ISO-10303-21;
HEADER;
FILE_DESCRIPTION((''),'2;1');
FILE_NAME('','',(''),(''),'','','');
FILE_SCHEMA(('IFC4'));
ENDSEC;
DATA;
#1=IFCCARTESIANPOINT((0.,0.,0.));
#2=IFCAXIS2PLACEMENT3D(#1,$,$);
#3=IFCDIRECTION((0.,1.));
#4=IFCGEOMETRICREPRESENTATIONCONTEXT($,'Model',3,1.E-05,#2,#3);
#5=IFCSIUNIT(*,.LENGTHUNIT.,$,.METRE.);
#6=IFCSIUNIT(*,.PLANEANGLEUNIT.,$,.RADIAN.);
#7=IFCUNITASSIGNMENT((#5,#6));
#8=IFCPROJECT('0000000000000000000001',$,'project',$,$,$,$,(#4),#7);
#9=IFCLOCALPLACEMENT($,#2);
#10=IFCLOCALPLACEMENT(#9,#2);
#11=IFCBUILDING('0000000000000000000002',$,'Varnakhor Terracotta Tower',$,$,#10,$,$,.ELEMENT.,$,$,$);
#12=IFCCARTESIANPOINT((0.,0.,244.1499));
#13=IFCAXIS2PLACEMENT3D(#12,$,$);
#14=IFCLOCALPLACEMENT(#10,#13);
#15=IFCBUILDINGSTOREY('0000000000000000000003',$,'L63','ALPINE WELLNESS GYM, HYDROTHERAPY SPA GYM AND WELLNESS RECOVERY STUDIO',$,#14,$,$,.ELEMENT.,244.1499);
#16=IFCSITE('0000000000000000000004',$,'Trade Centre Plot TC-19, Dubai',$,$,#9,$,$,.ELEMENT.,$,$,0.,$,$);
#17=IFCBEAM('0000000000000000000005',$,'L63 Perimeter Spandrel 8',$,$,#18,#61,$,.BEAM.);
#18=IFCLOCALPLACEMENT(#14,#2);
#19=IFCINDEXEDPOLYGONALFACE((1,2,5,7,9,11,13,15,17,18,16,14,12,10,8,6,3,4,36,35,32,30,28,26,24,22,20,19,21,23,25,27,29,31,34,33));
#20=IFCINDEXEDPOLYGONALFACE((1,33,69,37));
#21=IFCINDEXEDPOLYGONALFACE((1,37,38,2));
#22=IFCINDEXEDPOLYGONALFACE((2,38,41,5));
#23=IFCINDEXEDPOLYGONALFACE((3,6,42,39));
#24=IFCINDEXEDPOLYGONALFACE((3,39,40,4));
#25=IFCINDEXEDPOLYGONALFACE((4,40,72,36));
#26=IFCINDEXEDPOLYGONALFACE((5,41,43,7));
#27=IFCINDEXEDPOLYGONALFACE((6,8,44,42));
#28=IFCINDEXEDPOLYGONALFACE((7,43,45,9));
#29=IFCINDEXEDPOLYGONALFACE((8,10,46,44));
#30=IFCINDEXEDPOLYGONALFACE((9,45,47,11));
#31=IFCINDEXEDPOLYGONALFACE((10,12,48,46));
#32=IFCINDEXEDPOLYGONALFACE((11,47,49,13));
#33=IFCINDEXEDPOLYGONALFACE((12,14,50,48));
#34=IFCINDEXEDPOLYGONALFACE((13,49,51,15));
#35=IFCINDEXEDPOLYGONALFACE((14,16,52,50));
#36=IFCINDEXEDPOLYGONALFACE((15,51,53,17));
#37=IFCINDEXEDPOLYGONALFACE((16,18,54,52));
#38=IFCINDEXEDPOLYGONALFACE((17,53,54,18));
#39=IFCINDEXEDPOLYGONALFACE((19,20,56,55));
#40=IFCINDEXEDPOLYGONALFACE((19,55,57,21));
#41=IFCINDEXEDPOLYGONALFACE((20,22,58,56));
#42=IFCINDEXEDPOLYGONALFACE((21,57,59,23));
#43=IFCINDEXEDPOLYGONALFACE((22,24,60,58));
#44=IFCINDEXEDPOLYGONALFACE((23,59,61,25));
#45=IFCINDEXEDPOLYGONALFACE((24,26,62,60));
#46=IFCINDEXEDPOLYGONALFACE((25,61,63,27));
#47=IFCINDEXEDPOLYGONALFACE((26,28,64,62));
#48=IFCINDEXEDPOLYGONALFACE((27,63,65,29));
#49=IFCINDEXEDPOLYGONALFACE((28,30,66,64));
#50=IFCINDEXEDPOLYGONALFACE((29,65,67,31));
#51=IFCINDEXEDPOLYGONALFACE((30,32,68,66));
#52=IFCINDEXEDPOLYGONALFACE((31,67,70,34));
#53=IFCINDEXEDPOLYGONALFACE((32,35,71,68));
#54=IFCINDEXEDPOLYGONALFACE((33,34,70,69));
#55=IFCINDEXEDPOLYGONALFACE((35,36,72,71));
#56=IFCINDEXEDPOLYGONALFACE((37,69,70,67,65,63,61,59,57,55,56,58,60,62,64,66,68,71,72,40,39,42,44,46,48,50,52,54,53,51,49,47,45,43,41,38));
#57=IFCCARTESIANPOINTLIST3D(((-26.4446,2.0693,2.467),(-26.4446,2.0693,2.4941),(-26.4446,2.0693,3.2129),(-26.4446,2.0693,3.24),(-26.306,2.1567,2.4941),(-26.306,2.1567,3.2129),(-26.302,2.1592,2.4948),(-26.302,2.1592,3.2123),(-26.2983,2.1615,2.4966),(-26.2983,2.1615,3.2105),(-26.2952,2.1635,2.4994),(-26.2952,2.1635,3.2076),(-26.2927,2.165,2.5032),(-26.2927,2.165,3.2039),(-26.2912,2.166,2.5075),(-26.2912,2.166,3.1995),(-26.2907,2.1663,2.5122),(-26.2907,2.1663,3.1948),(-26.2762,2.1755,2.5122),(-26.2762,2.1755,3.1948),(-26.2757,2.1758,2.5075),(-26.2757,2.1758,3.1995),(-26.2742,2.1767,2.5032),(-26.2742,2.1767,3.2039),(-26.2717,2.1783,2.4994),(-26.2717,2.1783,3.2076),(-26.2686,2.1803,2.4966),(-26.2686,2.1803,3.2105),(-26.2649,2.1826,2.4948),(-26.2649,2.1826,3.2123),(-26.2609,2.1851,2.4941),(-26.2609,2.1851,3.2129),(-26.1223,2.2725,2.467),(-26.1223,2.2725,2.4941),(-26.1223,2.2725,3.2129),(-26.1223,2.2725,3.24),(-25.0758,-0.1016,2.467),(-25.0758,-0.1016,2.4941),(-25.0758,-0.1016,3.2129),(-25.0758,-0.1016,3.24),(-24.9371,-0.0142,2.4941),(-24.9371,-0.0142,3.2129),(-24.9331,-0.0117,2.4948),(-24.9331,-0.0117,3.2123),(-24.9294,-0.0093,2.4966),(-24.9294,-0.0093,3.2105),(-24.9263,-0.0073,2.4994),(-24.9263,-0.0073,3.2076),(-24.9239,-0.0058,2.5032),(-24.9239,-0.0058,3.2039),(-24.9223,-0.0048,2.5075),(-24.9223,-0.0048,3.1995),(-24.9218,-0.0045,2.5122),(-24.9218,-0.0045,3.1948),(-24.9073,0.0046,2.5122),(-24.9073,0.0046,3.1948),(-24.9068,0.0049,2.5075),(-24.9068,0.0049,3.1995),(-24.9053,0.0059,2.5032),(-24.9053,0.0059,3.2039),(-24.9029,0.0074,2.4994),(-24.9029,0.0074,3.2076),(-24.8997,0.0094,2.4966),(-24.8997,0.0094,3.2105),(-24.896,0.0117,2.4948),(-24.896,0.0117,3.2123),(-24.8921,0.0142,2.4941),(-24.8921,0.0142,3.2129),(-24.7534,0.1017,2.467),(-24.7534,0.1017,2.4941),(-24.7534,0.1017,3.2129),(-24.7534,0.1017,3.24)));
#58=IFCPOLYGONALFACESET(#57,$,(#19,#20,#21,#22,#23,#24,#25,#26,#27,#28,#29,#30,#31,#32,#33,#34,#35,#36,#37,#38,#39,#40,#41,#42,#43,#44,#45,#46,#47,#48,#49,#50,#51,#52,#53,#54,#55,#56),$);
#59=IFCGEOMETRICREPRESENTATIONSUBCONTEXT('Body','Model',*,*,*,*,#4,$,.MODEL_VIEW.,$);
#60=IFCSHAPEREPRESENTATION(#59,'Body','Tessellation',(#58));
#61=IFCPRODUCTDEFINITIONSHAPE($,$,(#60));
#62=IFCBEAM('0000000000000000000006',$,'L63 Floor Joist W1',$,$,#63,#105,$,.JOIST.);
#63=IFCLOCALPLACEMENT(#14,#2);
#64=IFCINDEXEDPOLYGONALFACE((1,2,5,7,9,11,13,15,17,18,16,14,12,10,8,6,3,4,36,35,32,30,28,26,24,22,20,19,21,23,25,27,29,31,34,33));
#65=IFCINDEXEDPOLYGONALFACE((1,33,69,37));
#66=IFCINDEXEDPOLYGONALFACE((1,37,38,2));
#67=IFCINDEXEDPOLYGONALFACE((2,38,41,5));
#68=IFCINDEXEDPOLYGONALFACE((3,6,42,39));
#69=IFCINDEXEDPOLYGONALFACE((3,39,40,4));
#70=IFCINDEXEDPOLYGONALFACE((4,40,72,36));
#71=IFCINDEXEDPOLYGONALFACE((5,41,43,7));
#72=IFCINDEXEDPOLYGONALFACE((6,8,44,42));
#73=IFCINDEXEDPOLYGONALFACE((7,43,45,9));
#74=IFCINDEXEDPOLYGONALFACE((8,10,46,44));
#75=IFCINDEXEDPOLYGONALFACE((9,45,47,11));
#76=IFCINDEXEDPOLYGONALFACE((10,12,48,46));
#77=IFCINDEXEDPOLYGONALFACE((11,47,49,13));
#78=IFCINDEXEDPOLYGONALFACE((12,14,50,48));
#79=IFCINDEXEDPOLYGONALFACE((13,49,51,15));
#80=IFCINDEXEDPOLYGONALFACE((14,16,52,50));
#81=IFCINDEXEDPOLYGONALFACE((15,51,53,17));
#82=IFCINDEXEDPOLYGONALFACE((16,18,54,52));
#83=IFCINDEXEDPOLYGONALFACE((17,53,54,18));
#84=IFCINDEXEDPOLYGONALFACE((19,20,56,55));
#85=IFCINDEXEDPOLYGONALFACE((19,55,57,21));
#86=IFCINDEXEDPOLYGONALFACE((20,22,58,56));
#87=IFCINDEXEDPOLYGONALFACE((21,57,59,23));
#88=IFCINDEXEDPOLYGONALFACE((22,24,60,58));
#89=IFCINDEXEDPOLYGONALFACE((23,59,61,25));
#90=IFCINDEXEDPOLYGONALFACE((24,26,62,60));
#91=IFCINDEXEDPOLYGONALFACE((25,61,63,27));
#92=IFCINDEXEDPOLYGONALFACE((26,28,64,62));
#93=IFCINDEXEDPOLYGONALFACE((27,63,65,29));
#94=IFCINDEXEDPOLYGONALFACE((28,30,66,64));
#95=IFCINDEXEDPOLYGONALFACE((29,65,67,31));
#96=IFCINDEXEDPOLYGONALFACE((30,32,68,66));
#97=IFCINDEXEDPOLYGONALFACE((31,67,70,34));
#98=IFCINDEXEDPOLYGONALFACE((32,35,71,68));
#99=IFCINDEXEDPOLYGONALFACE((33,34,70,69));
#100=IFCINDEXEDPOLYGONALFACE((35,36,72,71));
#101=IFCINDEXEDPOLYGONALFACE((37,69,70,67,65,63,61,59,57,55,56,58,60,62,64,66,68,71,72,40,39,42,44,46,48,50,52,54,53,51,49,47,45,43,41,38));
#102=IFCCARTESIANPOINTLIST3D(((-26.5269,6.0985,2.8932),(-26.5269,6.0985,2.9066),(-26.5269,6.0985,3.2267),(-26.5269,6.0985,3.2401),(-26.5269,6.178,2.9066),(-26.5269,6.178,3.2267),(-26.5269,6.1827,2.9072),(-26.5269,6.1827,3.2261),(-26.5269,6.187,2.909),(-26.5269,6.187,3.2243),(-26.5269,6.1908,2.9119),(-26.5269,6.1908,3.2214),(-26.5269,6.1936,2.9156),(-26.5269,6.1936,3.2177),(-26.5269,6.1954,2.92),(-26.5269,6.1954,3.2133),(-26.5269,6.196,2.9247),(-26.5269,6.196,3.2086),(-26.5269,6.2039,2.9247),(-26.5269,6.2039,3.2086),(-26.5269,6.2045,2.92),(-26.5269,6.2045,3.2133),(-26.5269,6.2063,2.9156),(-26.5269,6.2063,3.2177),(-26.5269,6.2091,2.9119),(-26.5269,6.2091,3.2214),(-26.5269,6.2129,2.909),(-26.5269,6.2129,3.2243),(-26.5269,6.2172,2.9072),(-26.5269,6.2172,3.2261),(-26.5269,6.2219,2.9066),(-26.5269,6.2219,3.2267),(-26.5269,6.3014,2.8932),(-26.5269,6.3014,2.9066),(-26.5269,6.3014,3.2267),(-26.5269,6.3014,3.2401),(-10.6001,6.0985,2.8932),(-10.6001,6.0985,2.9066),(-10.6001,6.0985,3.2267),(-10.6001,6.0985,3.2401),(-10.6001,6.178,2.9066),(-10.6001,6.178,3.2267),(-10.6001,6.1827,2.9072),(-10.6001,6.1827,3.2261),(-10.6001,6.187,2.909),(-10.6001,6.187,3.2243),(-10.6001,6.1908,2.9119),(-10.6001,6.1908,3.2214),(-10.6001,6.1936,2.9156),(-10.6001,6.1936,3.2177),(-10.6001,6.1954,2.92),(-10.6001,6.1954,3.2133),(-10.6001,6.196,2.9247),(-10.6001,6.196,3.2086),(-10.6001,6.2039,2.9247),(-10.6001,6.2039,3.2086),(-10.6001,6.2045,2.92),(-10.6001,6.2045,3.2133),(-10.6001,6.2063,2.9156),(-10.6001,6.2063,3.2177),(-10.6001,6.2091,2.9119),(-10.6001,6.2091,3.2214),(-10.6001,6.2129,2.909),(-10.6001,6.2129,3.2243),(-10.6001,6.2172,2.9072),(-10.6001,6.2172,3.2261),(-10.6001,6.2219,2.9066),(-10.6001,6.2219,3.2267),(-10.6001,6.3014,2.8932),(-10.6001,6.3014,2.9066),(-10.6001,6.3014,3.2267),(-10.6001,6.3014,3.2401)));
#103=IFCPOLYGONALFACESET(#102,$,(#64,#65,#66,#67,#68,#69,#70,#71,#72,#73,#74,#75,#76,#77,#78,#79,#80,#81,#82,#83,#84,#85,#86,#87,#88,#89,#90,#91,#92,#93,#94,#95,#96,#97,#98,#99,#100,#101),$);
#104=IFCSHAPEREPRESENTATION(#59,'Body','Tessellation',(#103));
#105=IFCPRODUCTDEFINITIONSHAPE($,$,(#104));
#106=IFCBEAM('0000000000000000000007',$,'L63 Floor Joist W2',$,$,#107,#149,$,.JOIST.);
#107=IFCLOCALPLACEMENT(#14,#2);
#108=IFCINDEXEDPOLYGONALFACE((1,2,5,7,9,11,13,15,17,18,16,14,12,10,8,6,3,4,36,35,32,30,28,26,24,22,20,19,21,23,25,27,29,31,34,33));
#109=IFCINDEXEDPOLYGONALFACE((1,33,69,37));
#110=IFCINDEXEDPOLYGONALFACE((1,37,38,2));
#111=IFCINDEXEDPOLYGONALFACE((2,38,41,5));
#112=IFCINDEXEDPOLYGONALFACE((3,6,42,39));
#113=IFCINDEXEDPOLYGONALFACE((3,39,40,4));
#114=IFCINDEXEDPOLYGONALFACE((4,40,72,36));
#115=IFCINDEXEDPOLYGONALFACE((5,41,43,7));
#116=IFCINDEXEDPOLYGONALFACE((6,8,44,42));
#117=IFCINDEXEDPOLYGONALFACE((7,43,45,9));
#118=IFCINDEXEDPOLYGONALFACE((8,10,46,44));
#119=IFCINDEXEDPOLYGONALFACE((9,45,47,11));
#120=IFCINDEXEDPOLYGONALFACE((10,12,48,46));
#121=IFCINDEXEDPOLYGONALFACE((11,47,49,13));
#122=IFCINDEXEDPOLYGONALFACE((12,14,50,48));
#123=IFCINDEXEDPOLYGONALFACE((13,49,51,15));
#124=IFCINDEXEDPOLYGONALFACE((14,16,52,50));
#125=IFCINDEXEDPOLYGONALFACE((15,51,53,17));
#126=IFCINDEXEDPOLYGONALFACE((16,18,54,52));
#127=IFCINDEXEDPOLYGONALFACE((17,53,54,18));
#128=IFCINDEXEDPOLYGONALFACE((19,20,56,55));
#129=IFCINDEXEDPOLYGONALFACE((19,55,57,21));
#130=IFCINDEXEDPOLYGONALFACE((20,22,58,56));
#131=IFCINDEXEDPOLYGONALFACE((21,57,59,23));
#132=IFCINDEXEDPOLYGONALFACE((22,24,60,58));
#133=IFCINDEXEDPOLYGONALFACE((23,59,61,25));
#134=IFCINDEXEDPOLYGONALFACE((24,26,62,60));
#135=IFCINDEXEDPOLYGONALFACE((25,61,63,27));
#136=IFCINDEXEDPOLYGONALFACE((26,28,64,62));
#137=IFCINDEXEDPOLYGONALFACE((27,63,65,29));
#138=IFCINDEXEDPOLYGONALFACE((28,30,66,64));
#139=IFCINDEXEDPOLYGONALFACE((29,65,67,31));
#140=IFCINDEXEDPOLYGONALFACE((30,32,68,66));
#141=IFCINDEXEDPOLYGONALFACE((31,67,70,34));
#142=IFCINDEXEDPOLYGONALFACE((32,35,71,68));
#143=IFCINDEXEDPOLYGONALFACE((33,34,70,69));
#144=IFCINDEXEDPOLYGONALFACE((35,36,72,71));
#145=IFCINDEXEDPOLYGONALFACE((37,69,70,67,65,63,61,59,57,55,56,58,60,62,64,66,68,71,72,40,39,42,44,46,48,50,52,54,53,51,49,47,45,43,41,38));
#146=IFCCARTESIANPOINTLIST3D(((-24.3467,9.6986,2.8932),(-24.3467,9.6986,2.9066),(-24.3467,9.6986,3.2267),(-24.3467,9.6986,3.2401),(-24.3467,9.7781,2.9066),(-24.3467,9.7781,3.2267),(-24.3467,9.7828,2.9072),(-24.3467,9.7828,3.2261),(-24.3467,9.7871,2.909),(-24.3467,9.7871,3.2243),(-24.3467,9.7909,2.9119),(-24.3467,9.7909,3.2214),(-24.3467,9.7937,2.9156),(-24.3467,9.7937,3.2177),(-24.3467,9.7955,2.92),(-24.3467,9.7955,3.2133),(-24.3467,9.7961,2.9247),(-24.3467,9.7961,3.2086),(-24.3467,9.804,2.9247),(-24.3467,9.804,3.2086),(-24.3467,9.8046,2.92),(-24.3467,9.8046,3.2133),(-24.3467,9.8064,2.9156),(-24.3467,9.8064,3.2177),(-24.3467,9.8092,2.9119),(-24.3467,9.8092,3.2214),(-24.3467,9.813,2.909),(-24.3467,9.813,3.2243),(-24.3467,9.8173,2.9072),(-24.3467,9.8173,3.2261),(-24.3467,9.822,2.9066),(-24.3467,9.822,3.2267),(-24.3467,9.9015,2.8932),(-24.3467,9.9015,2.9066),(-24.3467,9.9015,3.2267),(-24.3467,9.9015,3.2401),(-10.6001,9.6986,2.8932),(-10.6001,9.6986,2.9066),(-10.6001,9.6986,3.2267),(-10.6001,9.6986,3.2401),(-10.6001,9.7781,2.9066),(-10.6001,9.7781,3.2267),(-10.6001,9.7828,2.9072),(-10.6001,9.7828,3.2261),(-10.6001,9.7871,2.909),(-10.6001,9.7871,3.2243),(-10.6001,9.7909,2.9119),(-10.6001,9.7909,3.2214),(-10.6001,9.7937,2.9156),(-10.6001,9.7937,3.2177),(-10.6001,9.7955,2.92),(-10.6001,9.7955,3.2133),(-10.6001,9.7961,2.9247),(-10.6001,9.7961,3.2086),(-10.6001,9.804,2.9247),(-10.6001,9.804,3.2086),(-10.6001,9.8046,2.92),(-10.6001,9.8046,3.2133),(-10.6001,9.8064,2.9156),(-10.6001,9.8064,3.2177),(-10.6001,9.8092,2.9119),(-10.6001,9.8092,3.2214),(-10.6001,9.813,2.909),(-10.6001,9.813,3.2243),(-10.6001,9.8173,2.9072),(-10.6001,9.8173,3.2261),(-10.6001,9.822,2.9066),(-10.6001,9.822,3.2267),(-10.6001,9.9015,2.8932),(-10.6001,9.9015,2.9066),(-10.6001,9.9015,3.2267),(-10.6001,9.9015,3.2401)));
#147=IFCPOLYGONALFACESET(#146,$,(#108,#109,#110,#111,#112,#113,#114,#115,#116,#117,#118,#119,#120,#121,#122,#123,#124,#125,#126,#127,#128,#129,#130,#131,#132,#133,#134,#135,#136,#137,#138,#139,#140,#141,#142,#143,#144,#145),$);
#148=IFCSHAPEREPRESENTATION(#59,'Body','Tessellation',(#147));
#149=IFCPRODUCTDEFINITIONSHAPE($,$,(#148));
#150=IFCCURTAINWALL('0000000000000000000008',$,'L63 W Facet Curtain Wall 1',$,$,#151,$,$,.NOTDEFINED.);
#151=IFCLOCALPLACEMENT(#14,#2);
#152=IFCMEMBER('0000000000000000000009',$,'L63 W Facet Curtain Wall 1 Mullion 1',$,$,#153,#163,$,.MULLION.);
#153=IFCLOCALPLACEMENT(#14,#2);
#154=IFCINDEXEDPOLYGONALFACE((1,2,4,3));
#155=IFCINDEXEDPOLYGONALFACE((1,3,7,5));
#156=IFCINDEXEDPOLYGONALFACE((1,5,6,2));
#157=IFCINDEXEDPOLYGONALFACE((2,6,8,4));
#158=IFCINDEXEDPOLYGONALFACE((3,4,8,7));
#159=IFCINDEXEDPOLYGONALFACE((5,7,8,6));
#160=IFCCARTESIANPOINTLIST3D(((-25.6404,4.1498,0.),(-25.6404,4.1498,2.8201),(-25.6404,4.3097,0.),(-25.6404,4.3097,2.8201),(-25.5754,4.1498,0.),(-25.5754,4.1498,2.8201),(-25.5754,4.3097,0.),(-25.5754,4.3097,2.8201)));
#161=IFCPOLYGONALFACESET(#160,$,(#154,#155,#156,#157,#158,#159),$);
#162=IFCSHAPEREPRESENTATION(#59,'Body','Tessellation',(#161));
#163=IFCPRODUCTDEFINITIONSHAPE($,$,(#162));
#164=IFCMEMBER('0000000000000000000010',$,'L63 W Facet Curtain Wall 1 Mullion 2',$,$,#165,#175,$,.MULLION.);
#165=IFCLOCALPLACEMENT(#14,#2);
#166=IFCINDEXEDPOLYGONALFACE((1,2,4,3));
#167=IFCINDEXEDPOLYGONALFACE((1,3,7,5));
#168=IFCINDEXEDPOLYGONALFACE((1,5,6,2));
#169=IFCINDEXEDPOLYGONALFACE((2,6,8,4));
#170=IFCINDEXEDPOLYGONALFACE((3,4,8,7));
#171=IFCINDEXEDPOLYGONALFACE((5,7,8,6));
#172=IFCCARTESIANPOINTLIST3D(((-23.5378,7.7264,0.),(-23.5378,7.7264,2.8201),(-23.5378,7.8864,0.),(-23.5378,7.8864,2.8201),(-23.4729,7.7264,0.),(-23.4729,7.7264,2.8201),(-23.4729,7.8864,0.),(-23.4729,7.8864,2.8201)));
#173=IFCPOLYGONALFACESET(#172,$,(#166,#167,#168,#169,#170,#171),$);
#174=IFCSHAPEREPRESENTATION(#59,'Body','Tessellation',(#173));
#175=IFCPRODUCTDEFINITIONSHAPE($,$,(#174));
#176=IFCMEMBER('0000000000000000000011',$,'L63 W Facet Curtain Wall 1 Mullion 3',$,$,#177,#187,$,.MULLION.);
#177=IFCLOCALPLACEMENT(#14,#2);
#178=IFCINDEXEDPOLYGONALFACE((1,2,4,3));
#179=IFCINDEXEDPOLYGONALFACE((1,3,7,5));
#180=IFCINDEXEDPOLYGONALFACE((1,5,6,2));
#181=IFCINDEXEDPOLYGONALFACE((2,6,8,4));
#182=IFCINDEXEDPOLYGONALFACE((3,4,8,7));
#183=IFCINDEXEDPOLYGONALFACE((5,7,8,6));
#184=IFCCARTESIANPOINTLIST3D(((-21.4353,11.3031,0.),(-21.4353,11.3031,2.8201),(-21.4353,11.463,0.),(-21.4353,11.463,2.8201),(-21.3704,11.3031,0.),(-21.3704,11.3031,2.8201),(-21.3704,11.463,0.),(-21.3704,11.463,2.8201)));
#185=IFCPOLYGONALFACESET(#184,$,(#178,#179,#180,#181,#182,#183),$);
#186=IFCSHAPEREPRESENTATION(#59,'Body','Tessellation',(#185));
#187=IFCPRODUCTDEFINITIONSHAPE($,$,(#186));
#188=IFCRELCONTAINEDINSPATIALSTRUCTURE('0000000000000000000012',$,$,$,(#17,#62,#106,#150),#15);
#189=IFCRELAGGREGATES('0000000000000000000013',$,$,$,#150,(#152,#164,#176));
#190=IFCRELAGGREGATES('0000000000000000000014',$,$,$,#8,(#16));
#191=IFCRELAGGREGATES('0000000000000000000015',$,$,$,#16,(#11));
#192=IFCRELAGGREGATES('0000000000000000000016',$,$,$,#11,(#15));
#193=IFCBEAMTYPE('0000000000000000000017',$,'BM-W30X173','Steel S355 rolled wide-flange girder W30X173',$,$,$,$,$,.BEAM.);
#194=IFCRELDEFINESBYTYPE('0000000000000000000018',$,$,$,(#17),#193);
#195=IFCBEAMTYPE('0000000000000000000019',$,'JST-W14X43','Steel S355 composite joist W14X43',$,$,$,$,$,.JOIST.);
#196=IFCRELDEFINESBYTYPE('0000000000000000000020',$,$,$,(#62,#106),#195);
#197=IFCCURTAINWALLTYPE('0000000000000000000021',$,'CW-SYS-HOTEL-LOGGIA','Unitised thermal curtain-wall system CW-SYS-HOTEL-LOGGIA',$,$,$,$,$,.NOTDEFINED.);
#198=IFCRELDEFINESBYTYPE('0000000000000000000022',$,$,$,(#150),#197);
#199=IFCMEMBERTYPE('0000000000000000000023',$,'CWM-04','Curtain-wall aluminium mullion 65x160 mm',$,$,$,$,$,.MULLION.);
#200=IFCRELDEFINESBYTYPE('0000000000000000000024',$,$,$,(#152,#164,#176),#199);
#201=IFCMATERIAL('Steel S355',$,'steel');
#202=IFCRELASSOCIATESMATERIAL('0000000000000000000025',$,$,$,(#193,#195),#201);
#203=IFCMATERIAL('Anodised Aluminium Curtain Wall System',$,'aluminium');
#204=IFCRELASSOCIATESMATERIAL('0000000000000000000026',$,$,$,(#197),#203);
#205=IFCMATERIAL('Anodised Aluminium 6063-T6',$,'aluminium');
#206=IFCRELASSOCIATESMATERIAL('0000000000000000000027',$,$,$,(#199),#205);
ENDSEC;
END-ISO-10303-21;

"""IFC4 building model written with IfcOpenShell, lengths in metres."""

from ifc_helpers import new_model, si_unit, direction, frame, origin, origin_2d, place, context, subcontext, project, spatial, rectangle, i_section, extrude, source, transform, mapped, material, material_profile, profile_set, type_object, type_shapes, element, aggregate, save


model = new_model("IFC4")

# Units and contexts
model_context = context("Model", 3, precision=1e-05, world=origin(), true_north=direction((0.0, 1.0)))
body_context = subcontext(model_context, "Body", "Model", "MODEL_VIEW")
ifc_project = project(units=[si_unit("LENGTHUNIT", "METRE"), si_unit("PLANEANGLEUNIT", "RADIAN")], contexts=[model_context])

# Site, building, storey
site_placement = place(None, origin())
site = spatial("IfcSite", under=ifc_project, at=site_placement, Name="Trade Centre Plot TC-19, Dubai", CompositionType="ELEMENT", RefElevation=0.0)
building_placement = place(site_placement, origin())
building = spatial("IfcBuilding", under=site, at=building_placement, Name="Varnakhor Terracotta Tower", CompositionType="ELEMENT")
storey_placement = place(building_placement, frame((0.0, 0.0, 244.1499)))
storey = spatial("IfcBuildingStorey", under=building, at=storey_placement, Name="L63", Description="ALPINE WELLNESS GYM, HYDROTHERAPY SPA GYM AND WELLNESS RECOVERY STUDIO", CompositionType="ELEMENT", Elevation=244.1499)

# Beams
ifc_material_1 = material(Name="Steel S355", Category="steel")
ifc_material_profile_1 = material_profile(ifc_material_1, i_section(OverallWidth=0.3811, OverallDepth=0.7729, WebThickness=0.0171, FlangeThickness=0.0271, FilletRadius=0.0181, at=origin_2d()), Name="W30X173")
ifc_profile_set_1 = profile_set([ifc_material_profile_1], Name="Steel S355")
beam_type_1 = type_object("IfcBeamType", Name="BM-W30X173", Description="Steel S355 rolled wide-flange girder W30X173", PredefinedType="BEAM", material=ifc_profile_set_1)
shared_shape_1 = source(origin(), body_context, "Body", "SweptSolid", [
    extrude(i_section(OverallWidth=0.3811, OverallDepth=0.7729, WebThickness=0.0171, FlangeThickness=0.0271, FilletRadius=0.0181, at=origin_2d()), origin(), (0.0, 0.0, 1.0), 2.5664),
])
for number, where, z_axis, x_axis, name in (
    (1, (-26.2834, 2.1709, 2.8535), (0.533381, -0.845875, 0.0), (0.845875, 0.533381, 0.0), "L63 Perimeter Spandrel 8"),
):
    element("IfcBeam", number, at=place(storey_placement, frame(where, z_axis=z_axis, x_axis=x_axis)), inside=storey, type_object=beam_type_1, Name=name, PredefinedType="BEAM", context=body_context, shape_type="MappedRepresentation", body=[
        mapped(shared_shape_1, transform((0.0, 0.0, 0.0), scale=1.0)),
    ])
ifc_material_profile_2 = material_profile(ifc_material_1, i_section(OverallWidth=0.2029, OverallDepth=0.3469, WebThickness=0.0078, FlangeThickness=0.0134, FilletRadius=0.0181, at=origin_2d()), Name="W14X43")
ifc_profile_set_2 = profile_set([ifc_material_profile_2], Name="Steel S355")
beam_type_2 = type_object("IfcBeamType", Name="JST-W14X43", Description="Steel S355 composite joist W14X43", PredefinedType="JOIST", material=ifc_profile_set_2)
shared_shape_2 = source(origin(), body_context, "Body", "SweptSolid", [
    extrude(i_section(OverallWidth=0.2029, OverallDepth=0.3469, WebThickness=0.0078, FlangeThickness=0.0134, FilletRadius=0.0181, at=origin_2d()), origin(), (0.0, 0.0, 1.0), 15.9268),
])
beam_1_placement = place(storey_placement, frame((-26.5269, 6.2, 3.0667), z_axis=(1.0, 0.0, 0.0), x_axis=(0.0, 1.0, 0.0)))
element("IfcBeam", 2, at=beam_1_placement, inside=storey, type_object=beam_type_2, Name="L63 Floor Joist W1", PredefinedType="JOIST", context=body_context, shape_type="MappedRepresentation", body=[
    mapped(shared_shape_2, transform((0.0, 0.0, 0.0), scale=1.0)),
])
shared_shape_3 = source(origin(), body_context, "Body", "SweptSolid", [
    extrude(i_section(OverallWidth=0.2029, OverallDepth=0.3469, WebThickness=0.0078, FlangeThickness=0.0134, FilletRadius=0.0181, at=origin_2d()), origin(), (0.0, 0.0, 1.0), 13.7466),
])
beam_2_placement = place(storey_placement, frame((-24.3467, 9.8, 3.0667), z_axis=(1.0, 0.0, 0.0), x_axis=(0.0, 1.0, 0.0)))
element("IfcBeam", 3, at=beam_2_placement, inside=storey, type_object=beam_type_2, Name="L63 Floor Joist W2", PredefinedType="JOIST", context=body_context, shape_type="MappedRepresentation", body=[
    mapped(shared_shape_3, transform((0.0, 0.0, 0.0), scale=1.0)),
])

# Curtain wall, members
ifc_material_2 = material(Name="Anodised Aluminium Curtain Wall System", Category="aluminium")
curtain_wall_type = type_object("IfcCurtainWallType", Name="CW-SYS-HOTEL-LOGGIA", Description="Unitised thermal curtain-wall system CW-SYS-HOTEL-LOGGIA", PredefinedType="NOTDEFINED", material=ifc_material_2)
curtain_wall_1_placement = place(storey_placement, origin())
curtain_wall_1 = element("IfcCurtainWall", 4, at=curtain_wall_1_placement, inside=storey, type_object=curtain_wall_type, Name="L63 W Facet Curtain Wall 1", PredefinedType="NOTDEFINED")
ifc_material_3 = material(Name="Anodised Aluminium 6063-T6", Category="aluminium")
ifc_material_profile_3 = material_profile(ifc_material_3, rectangle(XDim=0.0649, YDim=0.1599, at=origin_2d()), Name="ALU MULLION 65x160")
ifc_profile_set_3 = profile_set([ifc_material_profile_3], Name="Anodised Aluminium 6063-T6")
member_type_1 = type_object("IfcMemberType", Name="CWM-04", Description="Curtain-wall aluminium mullion 65x160 mm", PredefinedType="MULLION", material=ifc_profile_set_3)
shared_shape_4 = source(origin(), body_context, "Body", "SweptSolid", [
    extrude(rectangle(XDim=0.0649, YDim=0.1599, at=origin_2d()), origin(), (0.0, 0.0, 1.0), 2.8201),
])
type_shapes(member_type_1, [shared_shape_4])
member_1_placement = place(storey_placement, frame((-25.6079, 4.2297, 0.0), z_axis=(0.0, 0.0, 1.0), x_axis=(1.0, 0.0, 0.0)))
member_1 = element("IfcMember", 5, at=member_1_placement, type_object=member_type_1, Name="L63 W Facet Curtain Wall 1 Mullion 1", PredefinedType="MULLION", context=body_context, shape_type="MappedRepresentation", body=[
    mapped(shared_shape_4, transform((0.0, 0.0, 0.0), scale=1.0)),
])
member_2_placement = place(storey_placement, frame((-23.5054, 7.8064, 0.0), z_axis=(0.0, 0.0, 1.0), x_axis=(1.0, 0.0, 0.0)))
member_2 = element("IfcMember", 6, at=member_2_placement, type_object=member_type_1, Name="L63 W Facet Curtain Wall 1 Mullion 2", PredefinedType="MULLION", context=body_context, shape_type="MappedRepresentation", body=[
    mapped(shared_shape_4, transform((0.0, 0.0, 0.0), scale=1.0)),
])
member_3_placement = place(storey_placement, frame((-21.4028, 11.3831, 0.0), z_axis=(0.0, 0.0, 1.0), x_axis=(1.0, 0.0, 0.0)))
member_3 = element("IfcMember", 7, at=member_3_placement, type_object=member_type_1, Name="L63 W Facet Curtain Wall 1 Mullion 3", PredefinedType="MULLION", context=body_context, shape_type="MappedRepresentation", body=[
    mapped(shared_shape_4, transform((0.0, 0.0, 0.0), scale=1.0)),
])

aggregate(curtain_wall_1, [member_1, member_2, member_3])

save(model, "model.ifc")
